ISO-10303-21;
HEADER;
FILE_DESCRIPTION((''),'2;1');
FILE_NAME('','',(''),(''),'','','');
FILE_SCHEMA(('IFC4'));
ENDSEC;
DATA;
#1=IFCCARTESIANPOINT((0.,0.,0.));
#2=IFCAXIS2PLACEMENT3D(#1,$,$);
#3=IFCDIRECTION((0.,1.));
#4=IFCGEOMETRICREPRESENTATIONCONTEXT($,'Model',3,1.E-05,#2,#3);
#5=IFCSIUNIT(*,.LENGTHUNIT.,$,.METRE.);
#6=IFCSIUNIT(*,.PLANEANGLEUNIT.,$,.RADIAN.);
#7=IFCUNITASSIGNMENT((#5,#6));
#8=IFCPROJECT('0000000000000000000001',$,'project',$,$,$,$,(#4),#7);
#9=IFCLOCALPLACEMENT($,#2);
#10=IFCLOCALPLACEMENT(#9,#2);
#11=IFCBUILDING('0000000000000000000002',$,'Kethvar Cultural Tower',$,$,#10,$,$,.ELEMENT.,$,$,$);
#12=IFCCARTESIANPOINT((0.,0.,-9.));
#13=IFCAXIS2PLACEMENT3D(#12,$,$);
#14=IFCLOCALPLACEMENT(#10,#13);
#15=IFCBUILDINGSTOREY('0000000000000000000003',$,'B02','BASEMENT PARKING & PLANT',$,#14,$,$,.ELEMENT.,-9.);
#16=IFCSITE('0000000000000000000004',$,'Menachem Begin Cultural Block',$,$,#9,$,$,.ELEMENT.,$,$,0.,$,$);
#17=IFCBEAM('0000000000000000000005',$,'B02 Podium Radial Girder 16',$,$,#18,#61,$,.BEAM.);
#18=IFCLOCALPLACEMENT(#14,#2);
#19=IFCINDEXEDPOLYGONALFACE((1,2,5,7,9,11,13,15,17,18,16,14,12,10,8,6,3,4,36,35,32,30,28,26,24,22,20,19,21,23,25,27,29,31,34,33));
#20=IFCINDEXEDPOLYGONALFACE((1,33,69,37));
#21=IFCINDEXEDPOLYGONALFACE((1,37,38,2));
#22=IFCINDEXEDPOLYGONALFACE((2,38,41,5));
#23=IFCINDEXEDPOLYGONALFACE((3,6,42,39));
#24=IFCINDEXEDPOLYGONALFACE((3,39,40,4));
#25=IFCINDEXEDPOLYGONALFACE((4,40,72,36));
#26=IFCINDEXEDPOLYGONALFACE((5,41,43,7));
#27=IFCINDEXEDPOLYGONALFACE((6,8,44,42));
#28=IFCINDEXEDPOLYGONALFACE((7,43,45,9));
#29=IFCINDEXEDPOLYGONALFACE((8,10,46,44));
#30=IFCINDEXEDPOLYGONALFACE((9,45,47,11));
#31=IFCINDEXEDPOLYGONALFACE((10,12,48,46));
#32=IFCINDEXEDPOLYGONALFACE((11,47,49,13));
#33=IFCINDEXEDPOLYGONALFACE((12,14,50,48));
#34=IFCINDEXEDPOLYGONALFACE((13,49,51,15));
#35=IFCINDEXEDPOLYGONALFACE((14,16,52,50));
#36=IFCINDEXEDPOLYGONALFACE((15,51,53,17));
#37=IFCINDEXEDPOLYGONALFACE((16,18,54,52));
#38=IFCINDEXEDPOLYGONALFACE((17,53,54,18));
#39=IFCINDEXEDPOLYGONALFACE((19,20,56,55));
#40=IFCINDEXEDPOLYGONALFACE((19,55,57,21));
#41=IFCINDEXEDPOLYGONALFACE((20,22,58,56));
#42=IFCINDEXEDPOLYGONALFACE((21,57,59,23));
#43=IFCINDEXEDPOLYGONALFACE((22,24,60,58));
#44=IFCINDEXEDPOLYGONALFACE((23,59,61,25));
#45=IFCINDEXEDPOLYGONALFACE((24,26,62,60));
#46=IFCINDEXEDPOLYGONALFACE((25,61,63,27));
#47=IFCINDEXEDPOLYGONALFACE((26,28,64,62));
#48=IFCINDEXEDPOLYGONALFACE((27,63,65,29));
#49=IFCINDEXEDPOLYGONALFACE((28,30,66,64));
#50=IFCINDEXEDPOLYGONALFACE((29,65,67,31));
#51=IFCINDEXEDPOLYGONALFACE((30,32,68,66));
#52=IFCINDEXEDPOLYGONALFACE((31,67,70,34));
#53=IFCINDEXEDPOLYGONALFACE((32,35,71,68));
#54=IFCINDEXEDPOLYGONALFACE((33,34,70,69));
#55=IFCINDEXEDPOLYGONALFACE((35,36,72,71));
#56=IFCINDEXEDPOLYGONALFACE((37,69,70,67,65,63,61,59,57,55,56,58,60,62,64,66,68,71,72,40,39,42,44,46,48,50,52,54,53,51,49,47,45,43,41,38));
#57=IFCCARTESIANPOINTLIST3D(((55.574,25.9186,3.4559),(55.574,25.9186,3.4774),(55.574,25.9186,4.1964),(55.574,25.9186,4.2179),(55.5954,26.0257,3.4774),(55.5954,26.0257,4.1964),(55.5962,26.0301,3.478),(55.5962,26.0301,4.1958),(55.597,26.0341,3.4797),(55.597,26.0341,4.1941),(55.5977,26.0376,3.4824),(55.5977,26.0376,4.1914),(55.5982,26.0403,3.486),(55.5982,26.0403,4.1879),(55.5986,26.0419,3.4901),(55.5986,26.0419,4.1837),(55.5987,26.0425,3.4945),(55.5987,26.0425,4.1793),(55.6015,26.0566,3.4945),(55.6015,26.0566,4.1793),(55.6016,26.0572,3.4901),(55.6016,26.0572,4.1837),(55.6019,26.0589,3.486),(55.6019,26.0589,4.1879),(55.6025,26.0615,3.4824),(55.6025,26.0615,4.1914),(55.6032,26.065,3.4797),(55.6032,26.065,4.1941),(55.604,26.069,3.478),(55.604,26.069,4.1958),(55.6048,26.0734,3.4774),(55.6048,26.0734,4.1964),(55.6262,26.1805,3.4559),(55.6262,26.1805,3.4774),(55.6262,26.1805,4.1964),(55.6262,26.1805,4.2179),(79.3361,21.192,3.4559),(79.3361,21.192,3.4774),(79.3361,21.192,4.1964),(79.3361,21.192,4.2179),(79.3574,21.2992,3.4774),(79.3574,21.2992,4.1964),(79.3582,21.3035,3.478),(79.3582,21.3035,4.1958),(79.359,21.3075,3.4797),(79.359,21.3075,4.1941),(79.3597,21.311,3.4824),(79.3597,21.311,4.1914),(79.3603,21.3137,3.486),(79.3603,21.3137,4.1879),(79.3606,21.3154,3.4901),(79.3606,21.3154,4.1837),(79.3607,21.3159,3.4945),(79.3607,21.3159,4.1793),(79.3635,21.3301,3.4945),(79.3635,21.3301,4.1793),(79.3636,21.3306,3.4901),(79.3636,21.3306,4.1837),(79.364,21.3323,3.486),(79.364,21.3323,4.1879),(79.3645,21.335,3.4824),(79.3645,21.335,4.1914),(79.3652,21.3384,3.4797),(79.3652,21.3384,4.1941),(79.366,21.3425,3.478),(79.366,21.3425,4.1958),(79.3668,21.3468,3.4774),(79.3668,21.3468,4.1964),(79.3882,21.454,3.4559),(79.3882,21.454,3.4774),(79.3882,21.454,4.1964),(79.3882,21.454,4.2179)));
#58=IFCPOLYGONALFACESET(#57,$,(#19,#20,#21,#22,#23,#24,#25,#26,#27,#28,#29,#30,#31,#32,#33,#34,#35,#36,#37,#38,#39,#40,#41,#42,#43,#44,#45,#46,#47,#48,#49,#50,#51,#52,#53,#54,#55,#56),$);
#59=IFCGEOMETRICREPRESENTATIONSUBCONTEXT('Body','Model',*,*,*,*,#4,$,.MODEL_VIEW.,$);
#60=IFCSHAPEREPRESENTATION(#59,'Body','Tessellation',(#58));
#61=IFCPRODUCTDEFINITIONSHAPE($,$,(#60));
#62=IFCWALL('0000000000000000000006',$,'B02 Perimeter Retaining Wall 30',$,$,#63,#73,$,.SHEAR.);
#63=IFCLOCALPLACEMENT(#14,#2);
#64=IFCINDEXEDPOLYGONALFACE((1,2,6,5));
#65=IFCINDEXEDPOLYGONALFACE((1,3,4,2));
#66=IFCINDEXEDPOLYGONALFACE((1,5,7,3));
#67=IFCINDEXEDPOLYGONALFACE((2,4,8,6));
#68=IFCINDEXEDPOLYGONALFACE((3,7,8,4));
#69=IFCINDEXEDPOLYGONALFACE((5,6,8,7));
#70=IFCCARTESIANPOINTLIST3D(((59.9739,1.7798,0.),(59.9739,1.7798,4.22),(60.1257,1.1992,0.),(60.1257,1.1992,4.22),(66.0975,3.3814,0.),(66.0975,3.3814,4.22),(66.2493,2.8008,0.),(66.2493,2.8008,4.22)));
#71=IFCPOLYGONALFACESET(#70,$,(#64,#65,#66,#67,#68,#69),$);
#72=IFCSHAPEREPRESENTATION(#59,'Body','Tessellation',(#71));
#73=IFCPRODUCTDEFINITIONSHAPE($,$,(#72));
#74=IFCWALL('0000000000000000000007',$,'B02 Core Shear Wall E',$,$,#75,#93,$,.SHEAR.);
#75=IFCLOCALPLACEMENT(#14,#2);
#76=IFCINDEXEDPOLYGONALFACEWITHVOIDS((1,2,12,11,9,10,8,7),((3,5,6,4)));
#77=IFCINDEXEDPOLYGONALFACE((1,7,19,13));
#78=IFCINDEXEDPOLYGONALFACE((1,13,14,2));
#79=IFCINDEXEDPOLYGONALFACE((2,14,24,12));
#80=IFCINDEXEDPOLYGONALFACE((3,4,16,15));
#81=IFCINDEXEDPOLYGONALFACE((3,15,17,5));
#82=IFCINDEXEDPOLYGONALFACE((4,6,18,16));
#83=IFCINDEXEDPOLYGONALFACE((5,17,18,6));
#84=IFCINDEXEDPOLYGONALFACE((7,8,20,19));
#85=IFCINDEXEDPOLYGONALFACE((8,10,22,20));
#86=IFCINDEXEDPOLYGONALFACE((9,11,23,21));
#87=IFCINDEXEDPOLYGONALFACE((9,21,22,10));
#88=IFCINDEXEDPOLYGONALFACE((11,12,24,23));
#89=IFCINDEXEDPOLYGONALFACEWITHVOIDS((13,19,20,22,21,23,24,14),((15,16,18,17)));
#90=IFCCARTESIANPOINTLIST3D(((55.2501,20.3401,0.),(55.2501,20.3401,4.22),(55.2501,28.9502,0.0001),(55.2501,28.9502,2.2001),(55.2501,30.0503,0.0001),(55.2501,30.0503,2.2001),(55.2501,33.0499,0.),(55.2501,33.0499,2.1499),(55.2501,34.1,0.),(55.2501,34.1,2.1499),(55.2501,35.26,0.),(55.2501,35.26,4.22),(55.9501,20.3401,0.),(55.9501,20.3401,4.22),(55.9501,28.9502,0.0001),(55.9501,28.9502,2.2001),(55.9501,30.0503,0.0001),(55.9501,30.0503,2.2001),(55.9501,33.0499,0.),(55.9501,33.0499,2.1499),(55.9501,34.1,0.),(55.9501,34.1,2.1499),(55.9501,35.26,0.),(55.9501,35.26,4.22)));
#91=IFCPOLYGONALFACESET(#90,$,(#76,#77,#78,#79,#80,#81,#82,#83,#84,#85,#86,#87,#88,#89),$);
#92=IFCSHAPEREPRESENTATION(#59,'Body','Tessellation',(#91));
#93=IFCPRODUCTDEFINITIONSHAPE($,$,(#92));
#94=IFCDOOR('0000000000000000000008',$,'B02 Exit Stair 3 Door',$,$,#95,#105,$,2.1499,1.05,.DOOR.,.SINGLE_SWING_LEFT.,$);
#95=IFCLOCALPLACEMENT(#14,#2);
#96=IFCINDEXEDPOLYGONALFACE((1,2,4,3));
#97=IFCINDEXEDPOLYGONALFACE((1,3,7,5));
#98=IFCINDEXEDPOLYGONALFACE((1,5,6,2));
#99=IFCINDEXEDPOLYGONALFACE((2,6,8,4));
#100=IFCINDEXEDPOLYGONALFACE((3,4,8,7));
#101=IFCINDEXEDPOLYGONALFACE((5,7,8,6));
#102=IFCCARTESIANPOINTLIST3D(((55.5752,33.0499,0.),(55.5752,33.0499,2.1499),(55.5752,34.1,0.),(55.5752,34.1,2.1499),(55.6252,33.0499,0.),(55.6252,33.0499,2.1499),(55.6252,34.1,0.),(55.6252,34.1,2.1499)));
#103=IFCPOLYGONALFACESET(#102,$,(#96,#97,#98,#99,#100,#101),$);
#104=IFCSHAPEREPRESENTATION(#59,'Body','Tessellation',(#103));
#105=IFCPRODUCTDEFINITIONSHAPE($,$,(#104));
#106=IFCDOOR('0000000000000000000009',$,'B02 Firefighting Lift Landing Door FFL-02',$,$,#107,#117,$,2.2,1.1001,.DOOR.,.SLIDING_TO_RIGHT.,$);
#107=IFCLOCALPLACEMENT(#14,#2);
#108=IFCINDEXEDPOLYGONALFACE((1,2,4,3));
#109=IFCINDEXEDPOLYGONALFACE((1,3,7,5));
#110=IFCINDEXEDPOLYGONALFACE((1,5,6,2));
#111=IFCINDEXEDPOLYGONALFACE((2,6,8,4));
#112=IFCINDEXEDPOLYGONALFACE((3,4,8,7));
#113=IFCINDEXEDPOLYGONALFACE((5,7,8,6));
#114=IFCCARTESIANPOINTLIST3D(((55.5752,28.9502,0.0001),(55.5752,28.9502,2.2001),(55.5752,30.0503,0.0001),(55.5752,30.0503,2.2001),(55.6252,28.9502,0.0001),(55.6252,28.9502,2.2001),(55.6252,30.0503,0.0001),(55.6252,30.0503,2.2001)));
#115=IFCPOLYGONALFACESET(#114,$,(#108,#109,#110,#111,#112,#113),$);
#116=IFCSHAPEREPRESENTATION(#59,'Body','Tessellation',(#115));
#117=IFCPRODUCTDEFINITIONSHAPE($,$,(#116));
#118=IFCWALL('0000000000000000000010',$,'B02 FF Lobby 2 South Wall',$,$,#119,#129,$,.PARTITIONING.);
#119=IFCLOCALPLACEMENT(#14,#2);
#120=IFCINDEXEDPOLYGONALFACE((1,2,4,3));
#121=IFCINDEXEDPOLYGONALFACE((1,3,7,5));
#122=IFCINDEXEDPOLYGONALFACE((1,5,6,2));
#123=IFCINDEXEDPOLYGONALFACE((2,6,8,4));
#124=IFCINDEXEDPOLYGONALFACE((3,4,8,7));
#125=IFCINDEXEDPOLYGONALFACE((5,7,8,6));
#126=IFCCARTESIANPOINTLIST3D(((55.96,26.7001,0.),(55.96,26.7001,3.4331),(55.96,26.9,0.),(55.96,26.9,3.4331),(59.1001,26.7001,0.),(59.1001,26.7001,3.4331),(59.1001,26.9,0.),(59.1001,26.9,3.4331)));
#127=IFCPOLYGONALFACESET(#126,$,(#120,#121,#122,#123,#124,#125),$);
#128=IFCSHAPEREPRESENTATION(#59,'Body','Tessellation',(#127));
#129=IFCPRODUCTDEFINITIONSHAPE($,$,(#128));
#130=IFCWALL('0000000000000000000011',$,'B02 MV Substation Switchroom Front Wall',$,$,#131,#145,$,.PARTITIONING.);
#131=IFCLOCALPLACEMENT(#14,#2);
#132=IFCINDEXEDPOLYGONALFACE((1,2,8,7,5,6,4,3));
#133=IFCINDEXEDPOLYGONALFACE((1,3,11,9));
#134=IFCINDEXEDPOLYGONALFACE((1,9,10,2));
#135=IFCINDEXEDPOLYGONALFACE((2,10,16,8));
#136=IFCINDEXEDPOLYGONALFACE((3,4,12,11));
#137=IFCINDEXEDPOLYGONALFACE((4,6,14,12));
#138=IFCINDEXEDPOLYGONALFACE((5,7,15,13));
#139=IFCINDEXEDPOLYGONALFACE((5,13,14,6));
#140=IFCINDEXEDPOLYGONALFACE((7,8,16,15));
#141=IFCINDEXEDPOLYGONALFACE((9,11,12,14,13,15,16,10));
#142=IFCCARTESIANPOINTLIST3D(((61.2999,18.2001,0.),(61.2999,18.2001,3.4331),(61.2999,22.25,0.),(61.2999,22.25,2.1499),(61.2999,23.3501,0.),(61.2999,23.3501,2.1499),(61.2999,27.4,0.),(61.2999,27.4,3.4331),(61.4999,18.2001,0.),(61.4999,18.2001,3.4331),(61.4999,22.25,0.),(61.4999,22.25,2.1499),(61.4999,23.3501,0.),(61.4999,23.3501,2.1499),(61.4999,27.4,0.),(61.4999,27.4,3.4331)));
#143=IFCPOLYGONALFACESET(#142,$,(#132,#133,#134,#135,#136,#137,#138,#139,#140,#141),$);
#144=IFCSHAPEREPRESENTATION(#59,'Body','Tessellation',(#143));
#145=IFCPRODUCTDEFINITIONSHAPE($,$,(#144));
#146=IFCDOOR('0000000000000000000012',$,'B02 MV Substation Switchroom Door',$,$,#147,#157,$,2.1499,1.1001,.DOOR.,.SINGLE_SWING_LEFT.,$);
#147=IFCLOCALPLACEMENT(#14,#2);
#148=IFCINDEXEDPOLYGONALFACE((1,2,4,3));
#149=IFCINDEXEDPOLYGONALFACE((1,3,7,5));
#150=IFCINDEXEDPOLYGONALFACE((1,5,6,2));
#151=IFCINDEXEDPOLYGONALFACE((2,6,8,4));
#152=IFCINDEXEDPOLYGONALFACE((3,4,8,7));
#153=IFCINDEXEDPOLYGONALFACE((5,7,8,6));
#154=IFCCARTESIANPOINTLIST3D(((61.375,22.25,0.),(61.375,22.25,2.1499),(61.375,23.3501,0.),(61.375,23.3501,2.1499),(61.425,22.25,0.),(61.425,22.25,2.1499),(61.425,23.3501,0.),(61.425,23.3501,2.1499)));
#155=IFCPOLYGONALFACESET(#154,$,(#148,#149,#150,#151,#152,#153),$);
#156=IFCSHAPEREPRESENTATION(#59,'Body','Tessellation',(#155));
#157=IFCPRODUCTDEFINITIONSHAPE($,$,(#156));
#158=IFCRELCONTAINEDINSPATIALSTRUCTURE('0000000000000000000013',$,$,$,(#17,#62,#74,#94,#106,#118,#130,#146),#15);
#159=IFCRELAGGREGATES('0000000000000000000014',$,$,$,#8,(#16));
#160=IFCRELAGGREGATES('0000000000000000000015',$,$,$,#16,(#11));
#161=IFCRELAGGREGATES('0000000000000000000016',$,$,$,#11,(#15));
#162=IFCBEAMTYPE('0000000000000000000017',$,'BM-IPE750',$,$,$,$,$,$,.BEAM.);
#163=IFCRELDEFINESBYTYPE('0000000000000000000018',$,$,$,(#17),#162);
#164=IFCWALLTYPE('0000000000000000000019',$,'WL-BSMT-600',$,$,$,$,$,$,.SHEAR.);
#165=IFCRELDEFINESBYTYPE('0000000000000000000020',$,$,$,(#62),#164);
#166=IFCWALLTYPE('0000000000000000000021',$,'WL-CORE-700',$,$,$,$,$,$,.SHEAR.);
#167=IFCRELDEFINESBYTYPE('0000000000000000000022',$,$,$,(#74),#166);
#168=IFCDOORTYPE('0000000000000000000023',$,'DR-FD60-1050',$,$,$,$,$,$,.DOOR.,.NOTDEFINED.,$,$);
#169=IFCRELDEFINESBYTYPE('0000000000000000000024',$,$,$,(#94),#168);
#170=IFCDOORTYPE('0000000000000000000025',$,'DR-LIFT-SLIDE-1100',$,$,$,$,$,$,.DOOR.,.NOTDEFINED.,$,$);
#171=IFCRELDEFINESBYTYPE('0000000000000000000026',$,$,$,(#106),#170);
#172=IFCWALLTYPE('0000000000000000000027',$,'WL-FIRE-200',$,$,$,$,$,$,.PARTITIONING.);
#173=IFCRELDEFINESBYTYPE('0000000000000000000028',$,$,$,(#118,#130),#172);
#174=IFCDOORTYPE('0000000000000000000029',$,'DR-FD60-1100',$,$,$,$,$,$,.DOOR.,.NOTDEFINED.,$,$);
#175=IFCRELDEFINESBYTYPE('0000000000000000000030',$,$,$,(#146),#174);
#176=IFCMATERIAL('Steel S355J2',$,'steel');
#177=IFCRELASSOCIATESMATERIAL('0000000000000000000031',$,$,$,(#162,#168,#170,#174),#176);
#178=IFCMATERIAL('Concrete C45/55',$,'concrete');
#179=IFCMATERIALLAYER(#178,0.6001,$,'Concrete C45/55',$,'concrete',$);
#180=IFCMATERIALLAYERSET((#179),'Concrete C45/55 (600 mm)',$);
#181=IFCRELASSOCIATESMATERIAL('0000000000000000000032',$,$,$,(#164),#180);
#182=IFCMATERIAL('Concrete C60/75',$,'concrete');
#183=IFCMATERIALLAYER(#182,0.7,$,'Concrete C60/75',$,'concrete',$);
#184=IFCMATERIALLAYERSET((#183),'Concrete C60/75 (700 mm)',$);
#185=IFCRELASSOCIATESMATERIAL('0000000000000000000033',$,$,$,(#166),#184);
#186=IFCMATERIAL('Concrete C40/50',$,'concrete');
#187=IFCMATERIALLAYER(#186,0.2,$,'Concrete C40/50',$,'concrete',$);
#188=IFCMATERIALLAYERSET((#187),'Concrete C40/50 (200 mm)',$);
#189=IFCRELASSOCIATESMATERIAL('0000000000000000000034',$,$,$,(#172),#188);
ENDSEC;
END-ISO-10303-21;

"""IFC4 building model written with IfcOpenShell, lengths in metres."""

from ifc_helpers import new_model, si_unit, direction, frame, frame_2d, origin, origin_2d, place, context, subcontext, project, spatial, rectangle, i_section, extrude, source, transform, mapped, material, layer, layer_set, material_profile, profile_set, type_object, element, fill, save


model = new_model("IFC4")

# Units and contexts
model_context = context("Model", 3, precision=1e-05, world=origin(), true_north=direction((0.0, 1.0)))
body_context = subcontext(model_context, "Body", "Model", "MODEL_VIEW")
ifc_project = project(units=[si_unit("LENGTHUNIT", "METRE"), si_unit("PLANEANGLEUNIT", "RADIAN")], contexts=[model_context])

# Site, building, storey
site_placement = place(None, origin())
site = spatial("IfcSite", under=ifc_project, at=site_placement, Name="Menachem Begin Cultural Block", CompositionType="ELEMENT", RefElevation=0.0)
building_placement = place(site_placement, origin())
building = spatial("IfcBuilding", under=site, at=building_placement, Name="Kethvar Cultural Tower", CompositionType="ELEMENT")
storey_placement = place(building_placement, frame((0.0, 0.0, -9.0)))
storey = spatial("IfcBuildingStorey", under=building, at=storey_placement, Name="B02", Description="BASEMENT PARKING & PLANT", CompositionType="ELEMENT", Elevation=-9.0)

# Shared definitions
ifc_material_1 = material(Name="Concrete C45/55", Category="concrete")

# Beam
ifc_material_2 = material(Name="Steel S355J2", Category="steel")
ifc_material_profile_1 = material_profile(ifc_material_2, i_section(OverallWidth=0.2671, OverallDepth=0.762, WebThickness=0.0144, FlangeThickness=0.0215, FilletRadius=0.0171, at=origin_2d()), Name="Steel S355J2 — IPE750x173")
ifc_profile_set_1 = profile_set([ifc_material_profile_1], Name="Steel S355J2 — IPE750x173")
beam_type_1 = type_object("IfcBeamType", Name="BM-IPE750", PredefinedType="BEAM", material=ifc_profile_set_1)
shared_shape_1 = source(origin(), body_context, "Body", "SweptSolid", [
    extrude(i_section(OverallWidth=0.2671, OverallDepth=0.762, WebThickness=0.0144, FlangeThickness=0.0215, FilletRadius=0.0171, at=origin_2d()), origin(), (0.0, 0.0, 1.0), 24.2275),
])
beam_1_placement = place(storey_placement, frame((55.6001, 26.0496, 3.8369), z_axis=(0.980785, -0.195091, 0.0), x_axis=(0.195091, 0.980785, 0.0)))
element("IfcBeam", 1, at=beam_1_placement, inside=storey, type_object=beam_type_1, Name="B02 Podium Radial Girder 16", PredefinedType="BEAM", context=body_context, shape_type="MappedRepresentation", body=[
    mapped(shared_shape_1, transform((0.0, 0.0, 0.0), scale=1.0)),
])

# Wall
ifc_layer_1 = layer(ifc_material_1, 0.6001, Name="Concrete C45/55", Category="concrete")
ifc_layer_set_1 = layer_set([ifc_layer_1], Name="Concrete C45/55 (600 mm)")
wall_type_1 = type_object("IfcWallType", Name="WL-BSMT-600", PredefinedType="SHEAR", material=ifc_layer_set_1)
wall_1_placement = place(storey_placement, frame((60.0498, 1.4895, 0.0), z_axis=(0.0, 0.0, 1.0), x_axis=(0.967458, 0.253031, 0.0)))
element("IfcWall", 2, at=wall_1_placement, inside=storey, type_object=wall_type_1, Name="B02 Perimeter Retaining Wall 30", PredefinedType="SHEAR", context=body_context, shape_type="SweptSolid", body=[
    extrude(rectangle(XDim=6.3296, YDim=0.6001, at=frame_2d((3.1648, 0.0))), origin(), (0.0, 0.0, 1.0), 4.22),
])

# Wall, openings, doors
ifc_material_3 = material(Name="Concrete C60/75", Category="concrete")
ifc_layer_2 = layer(ifc_material_3, 0.7, Name="Concrete C60/75", Category="concrete")
ifc_layer_set_2 = layer_set([ifc_layer_2], Name="Concrete C60/75 (700 mm)")
wall_type_2 = type_object("IfcWallType", Name="WL-CORE-700", PredefinedType="SHEAR", material=ifc_layer_set_2)
wall_2_placement = place(storey_placement, frame((55.6001, 20.3401, 0.0), z_axis=(0.0, 0.0, 1.0), x_axis=(0.0, 1.0, 0.0)))
wall_2 = element("IfcWall", 3, at=wall_2_placement, inside=storey, type_object=wall_type_2, Name="B02 Core Shear Wall E", PredefinedType="SHEAR", context=body_context, shape_type="SweptSolid", body=[
    extrude(rectangle(XDim=14.9199, YDim=0.7, at=frame_2d((7.46, 0.0))), origin(), (0.0, 0.0, 1.0), 4.22),
])
opening_1_placement = place(wall_2_placement, frame((12.71, 0.0, 0.0)))
opening_1 = element("IfcOpeningElement", 4, at=opening_1_placement, cuts=wall_2, PredefinedType="OPENING", context=body_context, shape_type="SweptSolid", body=[
    extrude(rectangle(XDim=1.05, YDim=2.1499, at=frame_2d((0.5249, 1.075))), frame((0.0, 0.3599, 0.0), z_axis=(0.0, -1.0, 0.0), x_axis=(1.0, 0.0, 0.0)), (0.0, 0.0, 1.0), 0.72),
])
opening_2_placement = place(wall_2_placement, frame((8.6101, 0.0, 0.0)))
opening_2 = element("IfcOpeningElement", 5, at=opening_2_placement, cuts=wall_2, PredefinedType="OPENING", context=body_context, shape_type="SweptSolid", body=[
    extrude(rectangle(XDim=1.1001, YDim=2.2, at=frame_2d((0.55, 1.1001))), frame((0.0, 0.3599, 0.0), z_axis=(0.0, -1.0, 0.0), x_axis=(1.0, 0.0, 0.0)), (0.0, 0.0, 1.0), 0.72),
])
door_type_1 = type_object("IfcDoorType", Name="DR-FD60-1050", OperationType="NOTDEFINED", PredefinedType="DOOR", material=ifc_material_2)
shared_shape_2 = source(origin(), body_context, "Body", "SweptSolid", [
    extrude(rectangle(XDim=1.05, YDim=2.1499, at=frame_2d((0.5249, 1.075))), frame((0.0, 0.0249, 0.0), z_axis=(0.0, -1.0, 0.0), x_axis=(1.0, 0.0, 0.0)), (0.0, 0.0, 1.0), 0.05),
])
door_1_placement = place(opening_1_placement, origin())
door_1 = element("IfcDoor", 6, at=door_1_placement, inside=storey, type_object=door_type_1, Name="B02 Exit Stair 3 Door", OperationType="SINGLE_SWING_LEFT", OverallHeight=2.1499, OverallWidth=1.05, PredefinedType="DOOR", context=body_context, shape_type="MappedRepresentation", body=[
    mapped(shared_shape_2, transform((0.0, 0.0, 0.0), scale=1.0)),
])
fill(opening_1, door_1)
door_type_2 = type_object("IfcDoorType", Name="DR-LIFT-SLIDE-1100", OperationType="NOTDEFINED", PredefinedType="DOOR", material=ifc_material_2)
shared_shape_3 = source(origin(), body_context, "Body", "SweptSolid", [
    extrude(rectangle(XDim=1.1001, YDim=2.2, at=frame_2d((0.55, 1.1001))), frame((0.0, 0.0249, 0.0), z_axis=(0.0, -1.0, 0.0), x_axis=(1.0, 0.0, 0.0)), (0.0, 0.0, 1.0), 0.05),
])
door_2_placement = place(opening_2_placement, origin())
door_2 = element("IfcDoor", 7, at=door_2_placement, inside=storey, type_object=door_type_2, Name="B02 Firefighting Lift Landing Door FFL-02", OperationType="SLIDING_TO_RIGHT", OverallHeight=2.2, OverallWidth=1.1001, PredefinedType="DOOR", context=body_context, shape_type="MappedRepresentation", body=[
    mapped(shared_shape_3, transform((0.0, 0.0, 0.0), scale=1.0)),
])
fill(opening_2, door_2)

# Shared definitions
ifc_material_4 = material(Name="Concrete C40/50", Category="concrete")
ifc_layer_3 = layer(ifc_material_4, 0.2, Name="Concrete C40/50", Category="concrete")
ifc_layer_set_3 = layer_set([ifc_layer_3], Name="Concrete C40/50 (200 mm)")
wall_type_3 = type_object("IfcWallType", Name="WL-FIRE-200", PredefinedType="PARTITIONING", material=ifc_layer_set_3)

# Wall
wall_3_placement = place(storey_placement, frame((55.96, 26.8, 0.0), z_axis=(0.0, 0.0, 1.0), x_axis=(1.0, 0.0, 0.0)))
element("IfcWall", 8, at=wall_3_placement, inside=storey, type_object=wall_type_3, Name="B02 FF Lobby 2 South Wall", PredefinedType="PARTITIONING", context=body_context, shape_type="SweptSolid", body=[
    extrude(rectangle(XDim=3.1401, YDim=0.2, at=frame_2d((1.5701, 0.0))), origin(), (0.0, 0.0, 1.0), 3.4331),
])

# Wall, opening, door
wall_4_placement = place(storey_placement, frame((61.3999, 18.2, 0.0), z_axis=(0.0, 0.0, 1.0), x_axis=(0.0, 1.0, 0.0)))
wall_4 = element("IfcWall", 9, at=wall_4_placement, inside=storey, type_object=wall_type_3, Name="B02 MV Substation Switchroom Front Wall", PredefinedType="PARTITIONING", context=body_context, shape_type="SweptSolid", body=[
    extrude(rectangle(XDim=9.2, YDim=0.2, at=frame_2d((4.6001, 0.0))), origin(), (0.0, 0.0, 1.0), 3.4331),
])
opening_3_placement = place(wall_4_placement, frame((4.05, 0.0, 0.0)))
opening_3 = element("IfcOpeningElement", 10, at=opening_3_placement, cuts=wall_4, PredefinedType="OPENING", context=body_context, shape_type="SweptSolid", body=[
    extrude(rectangle(XDim=1.1001, YDim=2.1499, at=frame_2d((0.55, 1.075))), frame((0.0, 0.1099, 0.0), z_axis=(0.0, -1.0, 0.0), x_axis=(1.0, 0.0, 0.0)), (0.0, 0.0, 1.0), 0.22),
])
door_type_3 = type_object("IfcDoorType", Name="DR-FD60-1100", OperationType="NOTDEFINED", PredefinedType="DOOR", material=ifc_material_2)
shared_shape_4 = source(origin(), body_context, "Body", "SweptSolid", [
    extrude(rectangle(XDim=1.1001, YDim=2.1499, at=frame_2d((0.55, 1.075))), frame((0.0, 0.0249, 0.0), z_axis=(0.0, -1.0, 0.0), x_axis=(1.0, 0.0, 0.0)), (0.0, 0.0, 1.0), 0.05),
])
door_3_placement = place(opening_3_placement, origin())
door_3 = element("IfcDoor", 11, at=door_3_placement, inside=storey, type_object=door_type_3, Name="B02 MV Substation Switchroom Door", OperationType="SINGLE_SWING_LEFT", OverallHeight=2.1499, OverallWidth=1.1001, PredefinedType="DOOR", context=body_context, shape_type="MappedRepresentation", body=[
    mapped(shared_shape_4, transform((0.0, 0.0, 0.0), scale=1.0)),
])
fill(opening_3, door_3)

save(model, "model.ifc")
